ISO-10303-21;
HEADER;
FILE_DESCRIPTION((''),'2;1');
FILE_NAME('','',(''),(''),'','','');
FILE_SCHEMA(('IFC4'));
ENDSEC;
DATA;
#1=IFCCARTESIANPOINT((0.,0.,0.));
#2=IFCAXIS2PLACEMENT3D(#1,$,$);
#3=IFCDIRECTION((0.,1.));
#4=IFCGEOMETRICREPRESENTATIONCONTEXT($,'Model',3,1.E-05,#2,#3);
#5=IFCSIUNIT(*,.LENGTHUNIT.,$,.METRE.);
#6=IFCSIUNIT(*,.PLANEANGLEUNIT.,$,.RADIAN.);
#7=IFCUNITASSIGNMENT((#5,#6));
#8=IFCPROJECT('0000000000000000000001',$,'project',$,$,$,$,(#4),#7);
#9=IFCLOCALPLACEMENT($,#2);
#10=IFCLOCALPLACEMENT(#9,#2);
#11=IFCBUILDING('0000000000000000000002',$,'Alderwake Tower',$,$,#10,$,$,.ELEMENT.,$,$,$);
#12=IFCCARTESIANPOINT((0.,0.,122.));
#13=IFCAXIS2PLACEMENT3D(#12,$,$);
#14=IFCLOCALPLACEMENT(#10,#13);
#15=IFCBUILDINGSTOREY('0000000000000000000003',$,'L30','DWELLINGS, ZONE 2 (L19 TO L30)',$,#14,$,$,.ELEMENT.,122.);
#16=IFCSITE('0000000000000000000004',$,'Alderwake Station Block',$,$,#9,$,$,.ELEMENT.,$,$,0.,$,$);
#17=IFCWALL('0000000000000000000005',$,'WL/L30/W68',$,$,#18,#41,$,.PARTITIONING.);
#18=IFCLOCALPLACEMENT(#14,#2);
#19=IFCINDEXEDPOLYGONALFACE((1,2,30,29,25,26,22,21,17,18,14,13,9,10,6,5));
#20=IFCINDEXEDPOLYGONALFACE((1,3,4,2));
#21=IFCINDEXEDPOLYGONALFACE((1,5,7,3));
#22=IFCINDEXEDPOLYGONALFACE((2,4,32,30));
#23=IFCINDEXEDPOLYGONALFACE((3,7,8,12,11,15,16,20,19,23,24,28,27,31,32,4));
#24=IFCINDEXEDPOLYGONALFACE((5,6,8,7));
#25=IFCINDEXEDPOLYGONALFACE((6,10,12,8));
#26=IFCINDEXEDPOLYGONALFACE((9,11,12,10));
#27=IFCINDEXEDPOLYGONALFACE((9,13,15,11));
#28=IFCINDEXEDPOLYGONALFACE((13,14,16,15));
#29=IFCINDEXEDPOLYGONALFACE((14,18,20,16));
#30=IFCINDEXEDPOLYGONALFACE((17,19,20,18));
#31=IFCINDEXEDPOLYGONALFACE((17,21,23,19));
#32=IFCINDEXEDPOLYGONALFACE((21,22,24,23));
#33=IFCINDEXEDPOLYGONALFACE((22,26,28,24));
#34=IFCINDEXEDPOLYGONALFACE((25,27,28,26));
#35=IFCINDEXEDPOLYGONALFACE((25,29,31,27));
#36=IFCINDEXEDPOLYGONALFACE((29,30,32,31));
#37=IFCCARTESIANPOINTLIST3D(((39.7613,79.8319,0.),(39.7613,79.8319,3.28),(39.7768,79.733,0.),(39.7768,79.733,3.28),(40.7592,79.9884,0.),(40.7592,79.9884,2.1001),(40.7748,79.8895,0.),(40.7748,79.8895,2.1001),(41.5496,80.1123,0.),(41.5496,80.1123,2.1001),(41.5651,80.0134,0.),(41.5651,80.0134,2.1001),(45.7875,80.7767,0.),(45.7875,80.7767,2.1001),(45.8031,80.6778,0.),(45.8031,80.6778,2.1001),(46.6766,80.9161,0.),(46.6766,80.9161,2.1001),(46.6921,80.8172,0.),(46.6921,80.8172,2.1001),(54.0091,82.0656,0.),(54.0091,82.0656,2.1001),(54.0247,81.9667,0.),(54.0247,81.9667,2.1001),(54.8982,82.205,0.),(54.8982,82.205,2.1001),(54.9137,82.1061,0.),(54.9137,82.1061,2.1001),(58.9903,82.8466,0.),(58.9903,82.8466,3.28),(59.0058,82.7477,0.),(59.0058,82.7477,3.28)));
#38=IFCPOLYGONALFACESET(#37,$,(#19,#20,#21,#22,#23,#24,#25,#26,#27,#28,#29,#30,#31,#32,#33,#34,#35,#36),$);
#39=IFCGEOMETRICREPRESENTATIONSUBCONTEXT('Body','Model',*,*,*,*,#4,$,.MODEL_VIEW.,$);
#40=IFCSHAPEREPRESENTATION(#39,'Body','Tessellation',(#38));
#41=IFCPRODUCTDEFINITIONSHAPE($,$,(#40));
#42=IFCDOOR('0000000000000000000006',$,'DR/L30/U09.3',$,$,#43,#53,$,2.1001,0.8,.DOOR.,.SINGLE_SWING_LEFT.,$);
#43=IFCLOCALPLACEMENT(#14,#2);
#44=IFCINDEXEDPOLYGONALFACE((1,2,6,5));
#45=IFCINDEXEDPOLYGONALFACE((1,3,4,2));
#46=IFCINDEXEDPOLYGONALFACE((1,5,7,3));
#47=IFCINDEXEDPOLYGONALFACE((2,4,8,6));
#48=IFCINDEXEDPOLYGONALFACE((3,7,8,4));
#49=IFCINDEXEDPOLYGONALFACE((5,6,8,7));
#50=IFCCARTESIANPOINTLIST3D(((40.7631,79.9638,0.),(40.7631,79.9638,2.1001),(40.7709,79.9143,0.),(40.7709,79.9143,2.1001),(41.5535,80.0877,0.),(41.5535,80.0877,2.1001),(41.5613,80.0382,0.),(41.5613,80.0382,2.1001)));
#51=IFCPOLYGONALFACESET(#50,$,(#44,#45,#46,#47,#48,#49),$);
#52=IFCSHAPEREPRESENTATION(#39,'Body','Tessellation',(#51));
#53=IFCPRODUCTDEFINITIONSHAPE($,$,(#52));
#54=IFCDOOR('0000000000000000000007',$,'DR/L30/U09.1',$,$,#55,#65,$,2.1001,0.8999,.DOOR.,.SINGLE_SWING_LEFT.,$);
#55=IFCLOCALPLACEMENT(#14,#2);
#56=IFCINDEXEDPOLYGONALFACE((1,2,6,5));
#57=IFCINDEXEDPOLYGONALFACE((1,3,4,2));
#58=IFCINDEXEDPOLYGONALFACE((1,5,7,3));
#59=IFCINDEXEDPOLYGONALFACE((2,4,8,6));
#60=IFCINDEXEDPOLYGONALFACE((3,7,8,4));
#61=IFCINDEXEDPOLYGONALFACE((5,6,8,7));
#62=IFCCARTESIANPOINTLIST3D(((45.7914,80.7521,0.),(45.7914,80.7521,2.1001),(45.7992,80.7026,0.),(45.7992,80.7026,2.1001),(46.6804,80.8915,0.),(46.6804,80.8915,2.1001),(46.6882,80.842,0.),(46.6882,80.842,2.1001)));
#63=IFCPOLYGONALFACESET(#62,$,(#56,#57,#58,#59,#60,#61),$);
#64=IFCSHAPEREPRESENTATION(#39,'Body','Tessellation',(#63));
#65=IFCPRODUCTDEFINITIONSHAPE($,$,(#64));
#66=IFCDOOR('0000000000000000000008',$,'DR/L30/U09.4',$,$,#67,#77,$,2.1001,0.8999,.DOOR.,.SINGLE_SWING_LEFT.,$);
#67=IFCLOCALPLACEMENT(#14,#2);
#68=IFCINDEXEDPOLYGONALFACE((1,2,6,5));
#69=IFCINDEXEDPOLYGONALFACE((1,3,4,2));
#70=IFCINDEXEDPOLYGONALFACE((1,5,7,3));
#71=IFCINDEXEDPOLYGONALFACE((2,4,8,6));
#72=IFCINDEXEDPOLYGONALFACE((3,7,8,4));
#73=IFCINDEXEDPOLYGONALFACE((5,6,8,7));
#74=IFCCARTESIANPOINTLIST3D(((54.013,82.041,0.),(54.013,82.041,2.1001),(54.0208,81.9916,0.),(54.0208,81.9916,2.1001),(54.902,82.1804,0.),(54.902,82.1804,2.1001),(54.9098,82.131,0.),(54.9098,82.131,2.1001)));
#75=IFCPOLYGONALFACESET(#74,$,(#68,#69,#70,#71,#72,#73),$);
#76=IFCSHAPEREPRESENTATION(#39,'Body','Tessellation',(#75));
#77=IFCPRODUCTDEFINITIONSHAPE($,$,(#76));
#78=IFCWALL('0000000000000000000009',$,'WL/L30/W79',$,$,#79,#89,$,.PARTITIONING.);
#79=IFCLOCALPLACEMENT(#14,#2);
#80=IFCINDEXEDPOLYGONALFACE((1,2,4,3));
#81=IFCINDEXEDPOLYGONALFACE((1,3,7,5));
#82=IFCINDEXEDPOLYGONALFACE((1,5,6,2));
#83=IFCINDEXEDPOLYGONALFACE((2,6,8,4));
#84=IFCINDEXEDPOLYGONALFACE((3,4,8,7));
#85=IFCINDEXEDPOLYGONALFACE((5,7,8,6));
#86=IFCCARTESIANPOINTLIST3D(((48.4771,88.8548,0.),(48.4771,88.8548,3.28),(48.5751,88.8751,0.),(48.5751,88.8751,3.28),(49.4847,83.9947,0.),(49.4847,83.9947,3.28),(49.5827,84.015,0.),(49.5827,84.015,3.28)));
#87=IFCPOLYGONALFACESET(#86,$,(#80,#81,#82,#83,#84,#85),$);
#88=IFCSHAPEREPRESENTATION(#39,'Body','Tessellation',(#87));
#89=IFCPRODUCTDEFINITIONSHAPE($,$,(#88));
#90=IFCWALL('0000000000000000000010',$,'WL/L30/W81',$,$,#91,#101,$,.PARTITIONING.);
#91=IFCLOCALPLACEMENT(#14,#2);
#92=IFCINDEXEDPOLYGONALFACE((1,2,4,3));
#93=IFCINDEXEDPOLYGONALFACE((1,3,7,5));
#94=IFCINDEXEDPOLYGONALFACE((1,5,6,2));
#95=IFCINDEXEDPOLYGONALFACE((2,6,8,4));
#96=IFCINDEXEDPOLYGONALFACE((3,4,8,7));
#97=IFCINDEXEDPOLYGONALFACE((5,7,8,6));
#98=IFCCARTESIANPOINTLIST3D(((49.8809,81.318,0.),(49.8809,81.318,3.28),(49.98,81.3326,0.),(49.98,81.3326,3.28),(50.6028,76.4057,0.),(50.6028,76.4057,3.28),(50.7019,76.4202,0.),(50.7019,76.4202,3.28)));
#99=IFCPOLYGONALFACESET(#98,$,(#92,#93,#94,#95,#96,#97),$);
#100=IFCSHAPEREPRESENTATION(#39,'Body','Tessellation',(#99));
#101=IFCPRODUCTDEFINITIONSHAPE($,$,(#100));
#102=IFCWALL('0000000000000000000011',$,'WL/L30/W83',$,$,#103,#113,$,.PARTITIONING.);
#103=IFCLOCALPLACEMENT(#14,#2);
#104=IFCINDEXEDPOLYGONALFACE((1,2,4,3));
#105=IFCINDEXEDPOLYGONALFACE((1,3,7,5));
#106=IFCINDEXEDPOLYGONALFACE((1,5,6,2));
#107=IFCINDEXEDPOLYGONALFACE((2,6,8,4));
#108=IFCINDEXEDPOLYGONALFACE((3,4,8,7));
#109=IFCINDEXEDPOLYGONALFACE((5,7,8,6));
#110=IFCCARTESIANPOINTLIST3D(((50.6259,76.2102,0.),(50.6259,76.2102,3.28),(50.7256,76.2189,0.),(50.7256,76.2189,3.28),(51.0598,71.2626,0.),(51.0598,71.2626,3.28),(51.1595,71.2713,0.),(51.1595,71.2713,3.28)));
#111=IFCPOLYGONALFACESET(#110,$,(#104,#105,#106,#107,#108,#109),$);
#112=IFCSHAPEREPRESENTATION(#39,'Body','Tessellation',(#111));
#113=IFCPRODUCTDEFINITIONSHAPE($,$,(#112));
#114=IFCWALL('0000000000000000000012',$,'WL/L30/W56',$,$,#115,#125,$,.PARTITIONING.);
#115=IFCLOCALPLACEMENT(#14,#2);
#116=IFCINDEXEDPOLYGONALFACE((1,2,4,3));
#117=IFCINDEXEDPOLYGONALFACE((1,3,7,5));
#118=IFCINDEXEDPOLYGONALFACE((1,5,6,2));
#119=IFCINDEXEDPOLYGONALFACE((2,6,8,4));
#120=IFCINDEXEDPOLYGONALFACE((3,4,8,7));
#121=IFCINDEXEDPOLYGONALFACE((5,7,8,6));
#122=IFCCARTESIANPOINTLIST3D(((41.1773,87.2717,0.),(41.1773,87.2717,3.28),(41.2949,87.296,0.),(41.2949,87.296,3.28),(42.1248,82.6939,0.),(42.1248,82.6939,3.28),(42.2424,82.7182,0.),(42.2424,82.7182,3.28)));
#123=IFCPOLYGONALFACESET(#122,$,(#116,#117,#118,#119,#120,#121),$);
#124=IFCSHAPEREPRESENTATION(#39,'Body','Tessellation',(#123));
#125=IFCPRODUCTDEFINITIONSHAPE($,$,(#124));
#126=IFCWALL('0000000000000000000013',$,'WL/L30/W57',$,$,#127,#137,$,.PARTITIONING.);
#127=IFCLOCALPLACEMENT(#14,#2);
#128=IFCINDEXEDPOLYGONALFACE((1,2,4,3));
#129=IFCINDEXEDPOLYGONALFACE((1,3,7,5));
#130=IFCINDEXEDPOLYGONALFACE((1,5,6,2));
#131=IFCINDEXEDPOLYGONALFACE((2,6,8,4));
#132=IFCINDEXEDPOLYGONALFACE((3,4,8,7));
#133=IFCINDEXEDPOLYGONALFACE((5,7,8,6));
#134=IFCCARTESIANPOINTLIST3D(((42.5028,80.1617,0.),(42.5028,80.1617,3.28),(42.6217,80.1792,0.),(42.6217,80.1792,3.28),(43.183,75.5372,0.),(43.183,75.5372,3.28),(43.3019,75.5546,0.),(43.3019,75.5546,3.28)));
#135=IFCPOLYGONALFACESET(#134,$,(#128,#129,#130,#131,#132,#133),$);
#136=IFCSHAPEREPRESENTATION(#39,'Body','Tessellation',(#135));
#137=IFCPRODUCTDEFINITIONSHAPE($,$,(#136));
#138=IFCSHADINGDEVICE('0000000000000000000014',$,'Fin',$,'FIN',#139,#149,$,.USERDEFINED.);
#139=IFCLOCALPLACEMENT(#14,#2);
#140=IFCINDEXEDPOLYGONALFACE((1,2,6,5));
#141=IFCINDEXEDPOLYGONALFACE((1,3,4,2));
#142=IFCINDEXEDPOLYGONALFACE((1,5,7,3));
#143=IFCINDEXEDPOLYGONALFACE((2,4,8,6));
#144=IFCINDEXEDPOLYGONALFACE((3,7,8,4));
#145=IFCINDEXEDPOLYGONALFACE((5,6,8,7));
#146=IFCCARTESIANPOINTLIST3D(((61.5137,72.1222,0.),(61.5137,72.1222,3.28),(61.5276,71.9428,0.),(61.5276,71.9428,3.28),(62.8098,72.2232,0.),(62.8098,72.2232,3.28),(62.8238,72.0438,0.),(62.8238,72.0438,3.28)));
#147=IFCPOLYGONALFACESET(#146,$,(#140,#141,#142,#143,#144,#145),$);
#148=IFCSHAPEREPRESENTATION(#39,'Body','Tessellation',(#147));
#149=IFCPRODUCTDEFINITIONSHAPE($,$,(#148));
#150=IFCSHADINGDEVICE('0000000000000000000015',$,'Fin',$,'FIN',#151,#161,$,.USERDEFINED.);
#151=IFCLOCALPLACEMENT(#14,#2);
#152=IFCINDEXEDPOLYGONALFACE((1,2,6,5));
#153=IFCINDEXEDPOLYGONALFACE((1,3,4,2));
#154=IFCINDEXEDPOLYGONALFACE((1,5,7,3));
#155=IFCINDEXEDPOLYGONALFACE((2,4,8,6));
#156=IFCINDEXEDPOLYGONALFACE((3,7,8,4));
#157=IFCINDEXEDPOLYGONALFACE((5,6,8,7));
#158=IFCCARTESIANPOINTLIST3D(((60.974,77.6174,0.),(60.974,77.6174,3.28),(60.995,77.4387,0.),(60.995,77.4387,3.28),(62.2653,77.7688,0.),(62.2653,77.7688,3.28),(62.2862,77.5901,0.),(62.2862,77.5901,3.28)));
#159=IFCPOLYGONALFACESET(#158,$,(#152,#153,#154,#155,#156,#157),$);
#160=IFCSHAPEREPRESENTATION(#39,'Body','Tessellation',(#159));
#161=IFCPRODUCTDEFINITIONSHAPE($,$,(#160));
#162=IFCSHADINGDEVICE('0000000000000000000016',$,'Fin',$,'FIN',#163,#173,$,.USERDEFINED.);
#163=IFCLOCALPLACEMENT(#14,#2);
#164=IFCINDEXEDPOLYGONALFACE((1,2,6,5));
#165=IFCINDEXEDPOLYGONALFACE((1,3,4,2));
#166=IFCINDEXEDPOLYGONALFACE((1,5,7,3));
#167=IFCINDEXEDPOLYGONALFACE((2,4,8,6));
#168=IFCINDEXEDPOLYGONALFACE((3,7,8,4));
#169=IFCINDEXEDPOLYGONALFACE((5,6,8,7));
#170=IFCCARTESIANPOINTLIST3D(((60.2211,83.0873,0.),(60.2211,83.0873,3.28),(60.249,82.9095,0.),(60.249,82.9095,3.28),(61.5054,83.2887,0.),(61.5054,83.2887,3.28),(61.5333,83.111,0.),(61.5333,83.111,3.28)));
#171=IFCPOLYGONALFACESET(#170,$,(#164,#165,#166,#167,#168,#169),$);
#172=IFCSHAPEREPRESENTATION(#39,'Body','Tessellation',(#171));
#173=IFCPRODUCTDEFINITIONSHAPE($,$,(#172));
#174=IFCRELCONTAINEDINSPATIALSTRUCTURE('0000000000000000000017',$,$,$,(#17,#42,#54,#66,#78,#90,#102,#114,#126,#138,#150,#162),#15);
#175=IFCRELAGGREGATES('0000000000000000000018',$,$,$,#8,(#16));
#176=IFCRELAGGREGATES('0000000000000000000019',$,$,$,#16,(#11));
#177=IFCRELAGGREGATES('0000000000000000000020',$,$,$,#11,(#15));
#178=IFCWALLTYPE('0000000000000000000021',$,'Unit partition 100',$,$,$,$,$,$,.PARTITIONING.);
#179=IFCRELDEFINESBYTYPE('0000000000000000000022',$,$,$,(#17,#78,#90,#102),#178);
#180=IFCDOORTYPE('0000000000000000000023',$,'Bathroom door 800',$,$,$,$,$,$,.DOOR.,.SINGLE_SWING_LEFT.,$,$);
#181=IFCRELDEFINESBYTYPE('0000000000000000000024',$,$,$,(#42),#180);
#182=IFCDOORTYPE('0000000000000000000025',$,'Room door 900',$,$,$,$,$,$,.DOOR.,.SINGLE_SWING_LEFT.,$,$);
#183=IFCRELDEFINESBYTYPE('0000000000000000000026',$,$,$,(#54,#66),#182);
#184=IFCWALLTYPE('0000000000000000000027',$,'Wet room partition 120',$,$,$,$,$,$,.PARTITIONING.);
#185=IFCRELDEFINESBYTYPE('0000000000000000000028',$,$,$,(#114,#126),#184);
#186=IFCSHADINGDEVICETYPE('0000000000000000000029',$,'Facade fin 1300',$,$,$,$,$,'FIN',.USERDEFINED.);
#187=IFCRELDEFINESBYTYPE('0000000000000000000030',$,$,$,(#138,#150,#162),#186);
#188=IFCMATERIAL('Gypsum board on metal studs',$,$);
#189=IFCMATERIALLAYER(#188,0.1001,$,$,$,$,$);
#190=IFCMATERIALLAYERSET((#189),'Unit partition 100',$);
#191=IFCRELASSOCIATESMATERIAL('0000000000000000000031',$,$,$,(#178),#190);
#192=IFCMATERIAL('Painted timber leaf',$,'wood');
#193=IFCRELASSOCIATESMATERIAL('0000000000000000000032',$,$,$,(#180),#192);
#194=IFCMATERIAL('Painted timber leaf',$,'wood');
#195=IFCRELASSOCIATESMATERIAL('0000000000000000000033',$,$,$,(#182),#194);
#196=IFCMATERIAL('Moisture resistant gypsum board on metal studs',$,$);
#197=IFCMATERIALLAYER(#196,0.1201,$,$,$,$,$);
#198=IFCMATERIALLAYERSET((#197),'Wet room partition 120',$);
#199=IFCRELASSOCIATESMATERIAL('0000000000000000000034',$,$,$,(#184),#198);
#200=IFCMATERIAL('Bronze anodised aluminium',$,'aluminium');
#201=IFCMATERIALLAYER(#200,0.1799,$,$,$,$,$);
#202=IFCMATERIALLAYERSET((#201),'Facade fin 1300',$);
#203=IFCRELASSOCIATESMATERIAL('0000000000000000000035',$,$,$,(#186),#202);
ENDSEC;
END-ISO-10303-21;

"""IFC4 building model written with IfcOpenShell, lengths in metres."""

from ifc_helpers import new_model, si_unit, direction, frame, frame_2d, origin, origin_2d, place, context, subcontext, project, spatial, rectangle, extrude, material, layer, layer_set, type_object, element, fill, save


model = new_model("IFC4")

# Units and contexts
model_context = context("Model", 3, precision=1e-05, world=origin(), true_north=direction((0.0, 1.0)))
body_context = subcontext(model_context, "Body", "Model", "MODEL_VIEW")
ifc_project = project(units=[si_unit("LENGTHUNIT", "METRE"), si_unit("PLANEANGLEUNIT", "RADIAN")], contexts=[model_context])

# Site, building, storey
site_placement = place(None, origin())
site = spatial("IfcSite", under=ifc_project, at=site_placement, Name="Alderwake Station Block", CompositionType="ELEMENT", RefElevation=0.0)
building_placement = place(site_placement, origin())
building = spatial("IfcBuilding", under=site, at=building_placement, Name="Alderwake Tower", CompositionType="ELEMENT")
storey_placement = place(building_placement, frame((0.0, 0.0, 122.0)))
storey = spatial("IfcBuildingStorey", under=building, at=storey_placement, Name="L30", Description="DWELLINGS, ZONE 2 (L19 TO L30)", CompositionType="ELEMENT", Elevation=122.0)

# Wall, openings, doors
ifc_material_1 = material(Name="Gypsum board on metal studs")
ifc_layer_1 = layer(ifc_material_1, 0.1001)
ifc_layer_set_1 = layer_set([ifc_layer_1], Name="Unit partition 100")
wall_type_1 = type_object("IfcWallType", Name="Unit partition 100", PredefinedType="PARTITIONING", material=ifc_layer_set_1)
wall_1_placement = place(storey_placement, frame((58.998, 82.7971, 0.0), z_axis=(0.0, 0.0, 1.0), x_axis=(-0.987933, -0.154884, 0.0)))
wall_1 = element("IfcWall", 1, at=wall_1_placement, inside=storey, type_object=wall_type_1, Name="WL/L30/W68", PredefinedType="PARTITIONING", context=body_context, shape_type="SweptSolid", body=[
    extrude(rectangle(XDim=19.4639, YDim=0.1001, at=frame_2d((9.7319, 0.0))), origin(), (0.0, 0.0, 1.0), 3.28),
])
opening_1_placement = place(wall_1_placement, frame((12.4641, 0.0, 0.0)))
opening_1 = element("IfcOpeningElement", 2, at=opening_1_placement, cuts=wall_1, PredefinedType="OPENING", context=body_context, shape_type="SweptSolid", body=[
    extrude(rectangle(XDim=0.8999, YDim=2.1001, at=frame_2d((0.45, 1.05))), frame((0.0, 0.0601, 0.0), z_axis=(0.0, -1.0, 0.0), x_axis=(1.0, 0.0, 0.0)), (0.0, 0.0, 1.0), 0.1201),
])
opening_2_placement = place(wall_1_placement, frame((17.6538, 0.0, 0.0)))
opening_2 = element("IfcOpeningElement", 3, at=opening_2_placement, cuts=wall_1, PredefinedType="OPENING", context=body_context, shape_type="SweptSolid", body=[
    extrude(rectangle(XDim=0.8, YDim=2.1001, at=frame_2d((0.3999, 1.05))), frame((0.0, 0.0601, 0.0), z_axis=(0.0, -1.0, 0.0), x_axis=(1.0, 0.0, 0.0)), (0.0, 0.0, 1.0), 0.1201),
])
opening_3_placement = place(wall_1_placement, frame((4.1421, 0.0, 0.0)))
opening_3 = element("IfcOpeningElement", 4, at=opening_3_placement, cuts=wall_1, PredefinedType="OPENING", context=body_context, shape_type="SweptSolid", body=[
    extrude(rectangle(XDim=0.8999, YDim=2.1001, at=frame_2d((0.45, 1.05))), frame((0.0, 0.0601, 0.0), z_axis=(0.0, -1.0, 0.0), x_axis=(1.0, 0.0, 0.0)), (0.0, 0.0, 1.0), 0.1201),
])
ifc_material_2 = material(Name="Painted timber leaf", Category="wood")
door_type_1 = type_object("IfcDoorType", Name="Bathroom door 800", OperationType="SINGLE_SWING_LEFT", PredefinedType="DOOR", material=ifc_material_2)
door_1_placement = place(opening_2_placement, origin())
door_1 = element("IfcDoor", 5, at=door_1_placement, inside=storey, type_object=door_type_1, Name="DR/L30/U09.3", OperationType="SINGLE_SWING_LEFT", OverallHeight=2.1001, OverallWidth=0.8, PredefinedType="DOOR", context=body_context, shape_type="SweptSolid", body=[
    extrude(rectangle(XDim=0.8, YDim=2.1001, at=frame_2d((0.3999, 1.05))), frame((0.0, 0.0249, 0.0), z_axis=(0.0, -1.0, 0.0), x_axis=(1.0, 0.0, 0.0)), (0.0, 0.0, 1.0), 0.05),
])
fill(opening_2, door_1)
ifc_material_3 = material(Name="Painted timber leaf", Category="wood")
door_type_2 = type_object("IfcDoorType", Name="Room door 900", OperationType="SINGLE_SWING_LEFT", PredefinedType="DOOR", material=ifc_material_3)
door_2_placement = place(opening_1_placement, origin())
door_2 = element("IfcDoor", 6, at=door_2_placement, inside=storey, type_object=door_type_2, Name="DR/L30/U09.1", OperationType="SINGLE_SWING_LEFT", OverallHeight=2.1001, OverallWidth=0.8999, PredefinedType="DOOR", context=body_context, shape_type="SweptSolid", body=[
    extrude(rectangle(XDim=0.8999, YDim=2.1001, at=frame_2d((0.45, 1.05))), frame((0.0, 0.0249, 0.0), z_axis=(0.0, -1.0, 0.0), x_axis=(1.0, 0.0, 0.0)), (0.0, 0.0, 1.0), 0.05),
])
fill(opening_1, door_2)
door_3_placement = place(opening_3_placement, origin())
door_3 = element("IfcDoor", 7, at=door_3_placement, inside=storey, type_object=door_type_2, Name="DR/L30/U09.4", OperationType="SINGLE_SWING_LEFT", OverallHeight=2.1001, OverallWidth=0.8999, PredefinedType="DOOR", context=body_context, shape_type="SweptSolid", body=[
    extrude(rectangle(XDim=0.8999, YDim=2.1001, at=frame_2d((0.45, 1.05))), frame((0.0, 0.0249, 0.0), z_axis=(0.0, -1.0, 0.0), x_axis=(1.0, 0.0, 0.0)), (0.0, 0.0, 1.0), 0.05),
])
fill(opening_3, door_3)

# Walls
wall_2_placement = place(storey_placement, frame((49.5337, 84.0049, 0.0), z_axis=(0.0, 0.0, 1.0), x_axis=(-0.202998, 0.979179, 0.0)))
element("IfcWall", 8, at=wall_2_placement, inside=storey, type_object=wall_type_1, Name="WL/L30/W79", PredefinedType="PARTITIONING", context=body_context, shape_type="SweptSolid", body=[
    extrude(rectangle(XDim=4.9634, YDim=0.1001, at=frame_2d((2.4817, 0.0))), origin(), (0.0, 0.0, 1.0), 3.28),
])
wall_3_placement = place(storey_placement, frame((50.6523, 76.4131, 0.0), z_axis=(0.0, 0.0, 1.0), x_axis=(-0.145399, 0.989373, 0.0)))
element("IfcWall", 9, at=wall_3_placement, inside=storey, type_object=wall_type_1, Name="WL/L30/W81", PredefinedType="PARTITIONING", context=body_context, shape_type="SweptSolid", body=[
    extrude(rectangle(XDim=4.9651, YDim=0.1001, at=frame_2d((2.4824, 0.0))), origin(), (0.0, 0.0, 1.0), 3.28),
])
wall_4_placement = place(storey_placement, frame((51.1096, 71.2668, 0.0), z_axis=(0.0, 0.0, 1.0), x_axis=(-0.087353, 0.996177, 0.0)))
element("IfcWall", 10, at=wall_4_placement, inside=storey, type_object=wall_type_1, Name="WL/L30/W83", PredefinedType="PARTITIONING", context=body_context, shape_type="SweptSolid", body=[
    extrude(rectangle(XDim=4.9666, YDim=0.1001, at=frame_2d((2.4834, 0.0))), origin(), (0.0, 0.0, 1.0), 3.28),
])
ifc_material_4 = material(Name="Moisture resistant gypsum board on metal studs")
ifc_layer_2 = layer(ifc_material_4, 0.1201)
ifc_layer_set_2 = layer_set([ifc_layer_2], Name="Wet room partition 120")
wall_type_2 = type_object("IfcWallType", Name="Wet room partition 120", PredefinedType="PARTITIONING", material=ifc_layer_set_2)
wall_5_placement = place(storey_placement, frame((42.1836, 82.7061, 0.0), z_axis=(0.0, 0.0, 1.0), x_axis=(-0.20268, 0.979245, 0.0)))
element("IfcWall", 11, at=wall_5_placement, inside=storey, type_object=wall_type_2, Name="WL/L30/W56", PredefinedType="PARTITIONING", context=body_context, shape_type="SweptSolid", body=[
    extrude(rectangle(XDim=4.6748, YDim=0.1201, at=frame_2d((2.3374, 0.0))), origin(), (0.0, 0.0, 1.0), 3.28),
])
wall_6_placement = place(storey_placement, frame((43.2424, 75.5459, 0.0), z_axis=(0.0, 0.0, 1.0), x_axis=(-0.145515, 0.989356, 0.0)))
element("IfcWall", 12, at=wall_6_placement, inside=storey, type_object=wall_type_2, Name="WL/L30/W57", PredefinedType="PARTITIONING", context=body_context, shape_type="SweptSolid", body=[
    extrude(rectangle(XDim=4.6743, YDim=0.1201, at=frame_2d((2.3372, 0.0))), origin(), (0.0, 0.0, 1.0), 3.28),
])

# Shading devices
ifc_material_5 = material(Name="Bronze anodised aluminium", Category="aluminium")
ifc_layer_3 = layer(ifc_material_5, 0.1799)
ifc_layer_set_3 = layer_set([ifc_layer_3], Name="Facade fin 1300")
shading_device_type_1 = type_object("IfcShadingDeviceType", Name="Facade fin 1300", ElementType="FIN", PredefinedType="USERDEFINED", material=ifc_layer_set_3)
for number, where, z_axis, x_axis, name in (
    (13, (62.1687, 72.083, 0.0), (0.0, 0.0, 1.0), (0.996975, 0.077721, 0.0), "Fin"),
    (14, (61.6301, 77.6038, 0.0), (0.0, 0.0, 1.0), (0.993198, 0.116435, 0.0), "Fin"),
    (15, (60.8772, 83.0991, 0.0), (0.0, 0.0, 1.0), (0.987919, 0.154972, 0.0), "Fin"),
):
    element("IfcShadingDevice", number, at=place(storey_placement, frame(where, z_axis=z_axis, x_axis=x_axis)), inside=storey, type_object=shading_device_type_1, Name=name, ObjectType="FIN", PredefinedType="USERDEFINED", context=body_context, shape_type="SweptSolid", body=[
        extrude(rectangle(XDim=1.3, YDim=0.1799, at=origin_2d()), origin(), (0.0, 0.0, 1.0), 3.28),
    ])

save(model, "model.ifc")
